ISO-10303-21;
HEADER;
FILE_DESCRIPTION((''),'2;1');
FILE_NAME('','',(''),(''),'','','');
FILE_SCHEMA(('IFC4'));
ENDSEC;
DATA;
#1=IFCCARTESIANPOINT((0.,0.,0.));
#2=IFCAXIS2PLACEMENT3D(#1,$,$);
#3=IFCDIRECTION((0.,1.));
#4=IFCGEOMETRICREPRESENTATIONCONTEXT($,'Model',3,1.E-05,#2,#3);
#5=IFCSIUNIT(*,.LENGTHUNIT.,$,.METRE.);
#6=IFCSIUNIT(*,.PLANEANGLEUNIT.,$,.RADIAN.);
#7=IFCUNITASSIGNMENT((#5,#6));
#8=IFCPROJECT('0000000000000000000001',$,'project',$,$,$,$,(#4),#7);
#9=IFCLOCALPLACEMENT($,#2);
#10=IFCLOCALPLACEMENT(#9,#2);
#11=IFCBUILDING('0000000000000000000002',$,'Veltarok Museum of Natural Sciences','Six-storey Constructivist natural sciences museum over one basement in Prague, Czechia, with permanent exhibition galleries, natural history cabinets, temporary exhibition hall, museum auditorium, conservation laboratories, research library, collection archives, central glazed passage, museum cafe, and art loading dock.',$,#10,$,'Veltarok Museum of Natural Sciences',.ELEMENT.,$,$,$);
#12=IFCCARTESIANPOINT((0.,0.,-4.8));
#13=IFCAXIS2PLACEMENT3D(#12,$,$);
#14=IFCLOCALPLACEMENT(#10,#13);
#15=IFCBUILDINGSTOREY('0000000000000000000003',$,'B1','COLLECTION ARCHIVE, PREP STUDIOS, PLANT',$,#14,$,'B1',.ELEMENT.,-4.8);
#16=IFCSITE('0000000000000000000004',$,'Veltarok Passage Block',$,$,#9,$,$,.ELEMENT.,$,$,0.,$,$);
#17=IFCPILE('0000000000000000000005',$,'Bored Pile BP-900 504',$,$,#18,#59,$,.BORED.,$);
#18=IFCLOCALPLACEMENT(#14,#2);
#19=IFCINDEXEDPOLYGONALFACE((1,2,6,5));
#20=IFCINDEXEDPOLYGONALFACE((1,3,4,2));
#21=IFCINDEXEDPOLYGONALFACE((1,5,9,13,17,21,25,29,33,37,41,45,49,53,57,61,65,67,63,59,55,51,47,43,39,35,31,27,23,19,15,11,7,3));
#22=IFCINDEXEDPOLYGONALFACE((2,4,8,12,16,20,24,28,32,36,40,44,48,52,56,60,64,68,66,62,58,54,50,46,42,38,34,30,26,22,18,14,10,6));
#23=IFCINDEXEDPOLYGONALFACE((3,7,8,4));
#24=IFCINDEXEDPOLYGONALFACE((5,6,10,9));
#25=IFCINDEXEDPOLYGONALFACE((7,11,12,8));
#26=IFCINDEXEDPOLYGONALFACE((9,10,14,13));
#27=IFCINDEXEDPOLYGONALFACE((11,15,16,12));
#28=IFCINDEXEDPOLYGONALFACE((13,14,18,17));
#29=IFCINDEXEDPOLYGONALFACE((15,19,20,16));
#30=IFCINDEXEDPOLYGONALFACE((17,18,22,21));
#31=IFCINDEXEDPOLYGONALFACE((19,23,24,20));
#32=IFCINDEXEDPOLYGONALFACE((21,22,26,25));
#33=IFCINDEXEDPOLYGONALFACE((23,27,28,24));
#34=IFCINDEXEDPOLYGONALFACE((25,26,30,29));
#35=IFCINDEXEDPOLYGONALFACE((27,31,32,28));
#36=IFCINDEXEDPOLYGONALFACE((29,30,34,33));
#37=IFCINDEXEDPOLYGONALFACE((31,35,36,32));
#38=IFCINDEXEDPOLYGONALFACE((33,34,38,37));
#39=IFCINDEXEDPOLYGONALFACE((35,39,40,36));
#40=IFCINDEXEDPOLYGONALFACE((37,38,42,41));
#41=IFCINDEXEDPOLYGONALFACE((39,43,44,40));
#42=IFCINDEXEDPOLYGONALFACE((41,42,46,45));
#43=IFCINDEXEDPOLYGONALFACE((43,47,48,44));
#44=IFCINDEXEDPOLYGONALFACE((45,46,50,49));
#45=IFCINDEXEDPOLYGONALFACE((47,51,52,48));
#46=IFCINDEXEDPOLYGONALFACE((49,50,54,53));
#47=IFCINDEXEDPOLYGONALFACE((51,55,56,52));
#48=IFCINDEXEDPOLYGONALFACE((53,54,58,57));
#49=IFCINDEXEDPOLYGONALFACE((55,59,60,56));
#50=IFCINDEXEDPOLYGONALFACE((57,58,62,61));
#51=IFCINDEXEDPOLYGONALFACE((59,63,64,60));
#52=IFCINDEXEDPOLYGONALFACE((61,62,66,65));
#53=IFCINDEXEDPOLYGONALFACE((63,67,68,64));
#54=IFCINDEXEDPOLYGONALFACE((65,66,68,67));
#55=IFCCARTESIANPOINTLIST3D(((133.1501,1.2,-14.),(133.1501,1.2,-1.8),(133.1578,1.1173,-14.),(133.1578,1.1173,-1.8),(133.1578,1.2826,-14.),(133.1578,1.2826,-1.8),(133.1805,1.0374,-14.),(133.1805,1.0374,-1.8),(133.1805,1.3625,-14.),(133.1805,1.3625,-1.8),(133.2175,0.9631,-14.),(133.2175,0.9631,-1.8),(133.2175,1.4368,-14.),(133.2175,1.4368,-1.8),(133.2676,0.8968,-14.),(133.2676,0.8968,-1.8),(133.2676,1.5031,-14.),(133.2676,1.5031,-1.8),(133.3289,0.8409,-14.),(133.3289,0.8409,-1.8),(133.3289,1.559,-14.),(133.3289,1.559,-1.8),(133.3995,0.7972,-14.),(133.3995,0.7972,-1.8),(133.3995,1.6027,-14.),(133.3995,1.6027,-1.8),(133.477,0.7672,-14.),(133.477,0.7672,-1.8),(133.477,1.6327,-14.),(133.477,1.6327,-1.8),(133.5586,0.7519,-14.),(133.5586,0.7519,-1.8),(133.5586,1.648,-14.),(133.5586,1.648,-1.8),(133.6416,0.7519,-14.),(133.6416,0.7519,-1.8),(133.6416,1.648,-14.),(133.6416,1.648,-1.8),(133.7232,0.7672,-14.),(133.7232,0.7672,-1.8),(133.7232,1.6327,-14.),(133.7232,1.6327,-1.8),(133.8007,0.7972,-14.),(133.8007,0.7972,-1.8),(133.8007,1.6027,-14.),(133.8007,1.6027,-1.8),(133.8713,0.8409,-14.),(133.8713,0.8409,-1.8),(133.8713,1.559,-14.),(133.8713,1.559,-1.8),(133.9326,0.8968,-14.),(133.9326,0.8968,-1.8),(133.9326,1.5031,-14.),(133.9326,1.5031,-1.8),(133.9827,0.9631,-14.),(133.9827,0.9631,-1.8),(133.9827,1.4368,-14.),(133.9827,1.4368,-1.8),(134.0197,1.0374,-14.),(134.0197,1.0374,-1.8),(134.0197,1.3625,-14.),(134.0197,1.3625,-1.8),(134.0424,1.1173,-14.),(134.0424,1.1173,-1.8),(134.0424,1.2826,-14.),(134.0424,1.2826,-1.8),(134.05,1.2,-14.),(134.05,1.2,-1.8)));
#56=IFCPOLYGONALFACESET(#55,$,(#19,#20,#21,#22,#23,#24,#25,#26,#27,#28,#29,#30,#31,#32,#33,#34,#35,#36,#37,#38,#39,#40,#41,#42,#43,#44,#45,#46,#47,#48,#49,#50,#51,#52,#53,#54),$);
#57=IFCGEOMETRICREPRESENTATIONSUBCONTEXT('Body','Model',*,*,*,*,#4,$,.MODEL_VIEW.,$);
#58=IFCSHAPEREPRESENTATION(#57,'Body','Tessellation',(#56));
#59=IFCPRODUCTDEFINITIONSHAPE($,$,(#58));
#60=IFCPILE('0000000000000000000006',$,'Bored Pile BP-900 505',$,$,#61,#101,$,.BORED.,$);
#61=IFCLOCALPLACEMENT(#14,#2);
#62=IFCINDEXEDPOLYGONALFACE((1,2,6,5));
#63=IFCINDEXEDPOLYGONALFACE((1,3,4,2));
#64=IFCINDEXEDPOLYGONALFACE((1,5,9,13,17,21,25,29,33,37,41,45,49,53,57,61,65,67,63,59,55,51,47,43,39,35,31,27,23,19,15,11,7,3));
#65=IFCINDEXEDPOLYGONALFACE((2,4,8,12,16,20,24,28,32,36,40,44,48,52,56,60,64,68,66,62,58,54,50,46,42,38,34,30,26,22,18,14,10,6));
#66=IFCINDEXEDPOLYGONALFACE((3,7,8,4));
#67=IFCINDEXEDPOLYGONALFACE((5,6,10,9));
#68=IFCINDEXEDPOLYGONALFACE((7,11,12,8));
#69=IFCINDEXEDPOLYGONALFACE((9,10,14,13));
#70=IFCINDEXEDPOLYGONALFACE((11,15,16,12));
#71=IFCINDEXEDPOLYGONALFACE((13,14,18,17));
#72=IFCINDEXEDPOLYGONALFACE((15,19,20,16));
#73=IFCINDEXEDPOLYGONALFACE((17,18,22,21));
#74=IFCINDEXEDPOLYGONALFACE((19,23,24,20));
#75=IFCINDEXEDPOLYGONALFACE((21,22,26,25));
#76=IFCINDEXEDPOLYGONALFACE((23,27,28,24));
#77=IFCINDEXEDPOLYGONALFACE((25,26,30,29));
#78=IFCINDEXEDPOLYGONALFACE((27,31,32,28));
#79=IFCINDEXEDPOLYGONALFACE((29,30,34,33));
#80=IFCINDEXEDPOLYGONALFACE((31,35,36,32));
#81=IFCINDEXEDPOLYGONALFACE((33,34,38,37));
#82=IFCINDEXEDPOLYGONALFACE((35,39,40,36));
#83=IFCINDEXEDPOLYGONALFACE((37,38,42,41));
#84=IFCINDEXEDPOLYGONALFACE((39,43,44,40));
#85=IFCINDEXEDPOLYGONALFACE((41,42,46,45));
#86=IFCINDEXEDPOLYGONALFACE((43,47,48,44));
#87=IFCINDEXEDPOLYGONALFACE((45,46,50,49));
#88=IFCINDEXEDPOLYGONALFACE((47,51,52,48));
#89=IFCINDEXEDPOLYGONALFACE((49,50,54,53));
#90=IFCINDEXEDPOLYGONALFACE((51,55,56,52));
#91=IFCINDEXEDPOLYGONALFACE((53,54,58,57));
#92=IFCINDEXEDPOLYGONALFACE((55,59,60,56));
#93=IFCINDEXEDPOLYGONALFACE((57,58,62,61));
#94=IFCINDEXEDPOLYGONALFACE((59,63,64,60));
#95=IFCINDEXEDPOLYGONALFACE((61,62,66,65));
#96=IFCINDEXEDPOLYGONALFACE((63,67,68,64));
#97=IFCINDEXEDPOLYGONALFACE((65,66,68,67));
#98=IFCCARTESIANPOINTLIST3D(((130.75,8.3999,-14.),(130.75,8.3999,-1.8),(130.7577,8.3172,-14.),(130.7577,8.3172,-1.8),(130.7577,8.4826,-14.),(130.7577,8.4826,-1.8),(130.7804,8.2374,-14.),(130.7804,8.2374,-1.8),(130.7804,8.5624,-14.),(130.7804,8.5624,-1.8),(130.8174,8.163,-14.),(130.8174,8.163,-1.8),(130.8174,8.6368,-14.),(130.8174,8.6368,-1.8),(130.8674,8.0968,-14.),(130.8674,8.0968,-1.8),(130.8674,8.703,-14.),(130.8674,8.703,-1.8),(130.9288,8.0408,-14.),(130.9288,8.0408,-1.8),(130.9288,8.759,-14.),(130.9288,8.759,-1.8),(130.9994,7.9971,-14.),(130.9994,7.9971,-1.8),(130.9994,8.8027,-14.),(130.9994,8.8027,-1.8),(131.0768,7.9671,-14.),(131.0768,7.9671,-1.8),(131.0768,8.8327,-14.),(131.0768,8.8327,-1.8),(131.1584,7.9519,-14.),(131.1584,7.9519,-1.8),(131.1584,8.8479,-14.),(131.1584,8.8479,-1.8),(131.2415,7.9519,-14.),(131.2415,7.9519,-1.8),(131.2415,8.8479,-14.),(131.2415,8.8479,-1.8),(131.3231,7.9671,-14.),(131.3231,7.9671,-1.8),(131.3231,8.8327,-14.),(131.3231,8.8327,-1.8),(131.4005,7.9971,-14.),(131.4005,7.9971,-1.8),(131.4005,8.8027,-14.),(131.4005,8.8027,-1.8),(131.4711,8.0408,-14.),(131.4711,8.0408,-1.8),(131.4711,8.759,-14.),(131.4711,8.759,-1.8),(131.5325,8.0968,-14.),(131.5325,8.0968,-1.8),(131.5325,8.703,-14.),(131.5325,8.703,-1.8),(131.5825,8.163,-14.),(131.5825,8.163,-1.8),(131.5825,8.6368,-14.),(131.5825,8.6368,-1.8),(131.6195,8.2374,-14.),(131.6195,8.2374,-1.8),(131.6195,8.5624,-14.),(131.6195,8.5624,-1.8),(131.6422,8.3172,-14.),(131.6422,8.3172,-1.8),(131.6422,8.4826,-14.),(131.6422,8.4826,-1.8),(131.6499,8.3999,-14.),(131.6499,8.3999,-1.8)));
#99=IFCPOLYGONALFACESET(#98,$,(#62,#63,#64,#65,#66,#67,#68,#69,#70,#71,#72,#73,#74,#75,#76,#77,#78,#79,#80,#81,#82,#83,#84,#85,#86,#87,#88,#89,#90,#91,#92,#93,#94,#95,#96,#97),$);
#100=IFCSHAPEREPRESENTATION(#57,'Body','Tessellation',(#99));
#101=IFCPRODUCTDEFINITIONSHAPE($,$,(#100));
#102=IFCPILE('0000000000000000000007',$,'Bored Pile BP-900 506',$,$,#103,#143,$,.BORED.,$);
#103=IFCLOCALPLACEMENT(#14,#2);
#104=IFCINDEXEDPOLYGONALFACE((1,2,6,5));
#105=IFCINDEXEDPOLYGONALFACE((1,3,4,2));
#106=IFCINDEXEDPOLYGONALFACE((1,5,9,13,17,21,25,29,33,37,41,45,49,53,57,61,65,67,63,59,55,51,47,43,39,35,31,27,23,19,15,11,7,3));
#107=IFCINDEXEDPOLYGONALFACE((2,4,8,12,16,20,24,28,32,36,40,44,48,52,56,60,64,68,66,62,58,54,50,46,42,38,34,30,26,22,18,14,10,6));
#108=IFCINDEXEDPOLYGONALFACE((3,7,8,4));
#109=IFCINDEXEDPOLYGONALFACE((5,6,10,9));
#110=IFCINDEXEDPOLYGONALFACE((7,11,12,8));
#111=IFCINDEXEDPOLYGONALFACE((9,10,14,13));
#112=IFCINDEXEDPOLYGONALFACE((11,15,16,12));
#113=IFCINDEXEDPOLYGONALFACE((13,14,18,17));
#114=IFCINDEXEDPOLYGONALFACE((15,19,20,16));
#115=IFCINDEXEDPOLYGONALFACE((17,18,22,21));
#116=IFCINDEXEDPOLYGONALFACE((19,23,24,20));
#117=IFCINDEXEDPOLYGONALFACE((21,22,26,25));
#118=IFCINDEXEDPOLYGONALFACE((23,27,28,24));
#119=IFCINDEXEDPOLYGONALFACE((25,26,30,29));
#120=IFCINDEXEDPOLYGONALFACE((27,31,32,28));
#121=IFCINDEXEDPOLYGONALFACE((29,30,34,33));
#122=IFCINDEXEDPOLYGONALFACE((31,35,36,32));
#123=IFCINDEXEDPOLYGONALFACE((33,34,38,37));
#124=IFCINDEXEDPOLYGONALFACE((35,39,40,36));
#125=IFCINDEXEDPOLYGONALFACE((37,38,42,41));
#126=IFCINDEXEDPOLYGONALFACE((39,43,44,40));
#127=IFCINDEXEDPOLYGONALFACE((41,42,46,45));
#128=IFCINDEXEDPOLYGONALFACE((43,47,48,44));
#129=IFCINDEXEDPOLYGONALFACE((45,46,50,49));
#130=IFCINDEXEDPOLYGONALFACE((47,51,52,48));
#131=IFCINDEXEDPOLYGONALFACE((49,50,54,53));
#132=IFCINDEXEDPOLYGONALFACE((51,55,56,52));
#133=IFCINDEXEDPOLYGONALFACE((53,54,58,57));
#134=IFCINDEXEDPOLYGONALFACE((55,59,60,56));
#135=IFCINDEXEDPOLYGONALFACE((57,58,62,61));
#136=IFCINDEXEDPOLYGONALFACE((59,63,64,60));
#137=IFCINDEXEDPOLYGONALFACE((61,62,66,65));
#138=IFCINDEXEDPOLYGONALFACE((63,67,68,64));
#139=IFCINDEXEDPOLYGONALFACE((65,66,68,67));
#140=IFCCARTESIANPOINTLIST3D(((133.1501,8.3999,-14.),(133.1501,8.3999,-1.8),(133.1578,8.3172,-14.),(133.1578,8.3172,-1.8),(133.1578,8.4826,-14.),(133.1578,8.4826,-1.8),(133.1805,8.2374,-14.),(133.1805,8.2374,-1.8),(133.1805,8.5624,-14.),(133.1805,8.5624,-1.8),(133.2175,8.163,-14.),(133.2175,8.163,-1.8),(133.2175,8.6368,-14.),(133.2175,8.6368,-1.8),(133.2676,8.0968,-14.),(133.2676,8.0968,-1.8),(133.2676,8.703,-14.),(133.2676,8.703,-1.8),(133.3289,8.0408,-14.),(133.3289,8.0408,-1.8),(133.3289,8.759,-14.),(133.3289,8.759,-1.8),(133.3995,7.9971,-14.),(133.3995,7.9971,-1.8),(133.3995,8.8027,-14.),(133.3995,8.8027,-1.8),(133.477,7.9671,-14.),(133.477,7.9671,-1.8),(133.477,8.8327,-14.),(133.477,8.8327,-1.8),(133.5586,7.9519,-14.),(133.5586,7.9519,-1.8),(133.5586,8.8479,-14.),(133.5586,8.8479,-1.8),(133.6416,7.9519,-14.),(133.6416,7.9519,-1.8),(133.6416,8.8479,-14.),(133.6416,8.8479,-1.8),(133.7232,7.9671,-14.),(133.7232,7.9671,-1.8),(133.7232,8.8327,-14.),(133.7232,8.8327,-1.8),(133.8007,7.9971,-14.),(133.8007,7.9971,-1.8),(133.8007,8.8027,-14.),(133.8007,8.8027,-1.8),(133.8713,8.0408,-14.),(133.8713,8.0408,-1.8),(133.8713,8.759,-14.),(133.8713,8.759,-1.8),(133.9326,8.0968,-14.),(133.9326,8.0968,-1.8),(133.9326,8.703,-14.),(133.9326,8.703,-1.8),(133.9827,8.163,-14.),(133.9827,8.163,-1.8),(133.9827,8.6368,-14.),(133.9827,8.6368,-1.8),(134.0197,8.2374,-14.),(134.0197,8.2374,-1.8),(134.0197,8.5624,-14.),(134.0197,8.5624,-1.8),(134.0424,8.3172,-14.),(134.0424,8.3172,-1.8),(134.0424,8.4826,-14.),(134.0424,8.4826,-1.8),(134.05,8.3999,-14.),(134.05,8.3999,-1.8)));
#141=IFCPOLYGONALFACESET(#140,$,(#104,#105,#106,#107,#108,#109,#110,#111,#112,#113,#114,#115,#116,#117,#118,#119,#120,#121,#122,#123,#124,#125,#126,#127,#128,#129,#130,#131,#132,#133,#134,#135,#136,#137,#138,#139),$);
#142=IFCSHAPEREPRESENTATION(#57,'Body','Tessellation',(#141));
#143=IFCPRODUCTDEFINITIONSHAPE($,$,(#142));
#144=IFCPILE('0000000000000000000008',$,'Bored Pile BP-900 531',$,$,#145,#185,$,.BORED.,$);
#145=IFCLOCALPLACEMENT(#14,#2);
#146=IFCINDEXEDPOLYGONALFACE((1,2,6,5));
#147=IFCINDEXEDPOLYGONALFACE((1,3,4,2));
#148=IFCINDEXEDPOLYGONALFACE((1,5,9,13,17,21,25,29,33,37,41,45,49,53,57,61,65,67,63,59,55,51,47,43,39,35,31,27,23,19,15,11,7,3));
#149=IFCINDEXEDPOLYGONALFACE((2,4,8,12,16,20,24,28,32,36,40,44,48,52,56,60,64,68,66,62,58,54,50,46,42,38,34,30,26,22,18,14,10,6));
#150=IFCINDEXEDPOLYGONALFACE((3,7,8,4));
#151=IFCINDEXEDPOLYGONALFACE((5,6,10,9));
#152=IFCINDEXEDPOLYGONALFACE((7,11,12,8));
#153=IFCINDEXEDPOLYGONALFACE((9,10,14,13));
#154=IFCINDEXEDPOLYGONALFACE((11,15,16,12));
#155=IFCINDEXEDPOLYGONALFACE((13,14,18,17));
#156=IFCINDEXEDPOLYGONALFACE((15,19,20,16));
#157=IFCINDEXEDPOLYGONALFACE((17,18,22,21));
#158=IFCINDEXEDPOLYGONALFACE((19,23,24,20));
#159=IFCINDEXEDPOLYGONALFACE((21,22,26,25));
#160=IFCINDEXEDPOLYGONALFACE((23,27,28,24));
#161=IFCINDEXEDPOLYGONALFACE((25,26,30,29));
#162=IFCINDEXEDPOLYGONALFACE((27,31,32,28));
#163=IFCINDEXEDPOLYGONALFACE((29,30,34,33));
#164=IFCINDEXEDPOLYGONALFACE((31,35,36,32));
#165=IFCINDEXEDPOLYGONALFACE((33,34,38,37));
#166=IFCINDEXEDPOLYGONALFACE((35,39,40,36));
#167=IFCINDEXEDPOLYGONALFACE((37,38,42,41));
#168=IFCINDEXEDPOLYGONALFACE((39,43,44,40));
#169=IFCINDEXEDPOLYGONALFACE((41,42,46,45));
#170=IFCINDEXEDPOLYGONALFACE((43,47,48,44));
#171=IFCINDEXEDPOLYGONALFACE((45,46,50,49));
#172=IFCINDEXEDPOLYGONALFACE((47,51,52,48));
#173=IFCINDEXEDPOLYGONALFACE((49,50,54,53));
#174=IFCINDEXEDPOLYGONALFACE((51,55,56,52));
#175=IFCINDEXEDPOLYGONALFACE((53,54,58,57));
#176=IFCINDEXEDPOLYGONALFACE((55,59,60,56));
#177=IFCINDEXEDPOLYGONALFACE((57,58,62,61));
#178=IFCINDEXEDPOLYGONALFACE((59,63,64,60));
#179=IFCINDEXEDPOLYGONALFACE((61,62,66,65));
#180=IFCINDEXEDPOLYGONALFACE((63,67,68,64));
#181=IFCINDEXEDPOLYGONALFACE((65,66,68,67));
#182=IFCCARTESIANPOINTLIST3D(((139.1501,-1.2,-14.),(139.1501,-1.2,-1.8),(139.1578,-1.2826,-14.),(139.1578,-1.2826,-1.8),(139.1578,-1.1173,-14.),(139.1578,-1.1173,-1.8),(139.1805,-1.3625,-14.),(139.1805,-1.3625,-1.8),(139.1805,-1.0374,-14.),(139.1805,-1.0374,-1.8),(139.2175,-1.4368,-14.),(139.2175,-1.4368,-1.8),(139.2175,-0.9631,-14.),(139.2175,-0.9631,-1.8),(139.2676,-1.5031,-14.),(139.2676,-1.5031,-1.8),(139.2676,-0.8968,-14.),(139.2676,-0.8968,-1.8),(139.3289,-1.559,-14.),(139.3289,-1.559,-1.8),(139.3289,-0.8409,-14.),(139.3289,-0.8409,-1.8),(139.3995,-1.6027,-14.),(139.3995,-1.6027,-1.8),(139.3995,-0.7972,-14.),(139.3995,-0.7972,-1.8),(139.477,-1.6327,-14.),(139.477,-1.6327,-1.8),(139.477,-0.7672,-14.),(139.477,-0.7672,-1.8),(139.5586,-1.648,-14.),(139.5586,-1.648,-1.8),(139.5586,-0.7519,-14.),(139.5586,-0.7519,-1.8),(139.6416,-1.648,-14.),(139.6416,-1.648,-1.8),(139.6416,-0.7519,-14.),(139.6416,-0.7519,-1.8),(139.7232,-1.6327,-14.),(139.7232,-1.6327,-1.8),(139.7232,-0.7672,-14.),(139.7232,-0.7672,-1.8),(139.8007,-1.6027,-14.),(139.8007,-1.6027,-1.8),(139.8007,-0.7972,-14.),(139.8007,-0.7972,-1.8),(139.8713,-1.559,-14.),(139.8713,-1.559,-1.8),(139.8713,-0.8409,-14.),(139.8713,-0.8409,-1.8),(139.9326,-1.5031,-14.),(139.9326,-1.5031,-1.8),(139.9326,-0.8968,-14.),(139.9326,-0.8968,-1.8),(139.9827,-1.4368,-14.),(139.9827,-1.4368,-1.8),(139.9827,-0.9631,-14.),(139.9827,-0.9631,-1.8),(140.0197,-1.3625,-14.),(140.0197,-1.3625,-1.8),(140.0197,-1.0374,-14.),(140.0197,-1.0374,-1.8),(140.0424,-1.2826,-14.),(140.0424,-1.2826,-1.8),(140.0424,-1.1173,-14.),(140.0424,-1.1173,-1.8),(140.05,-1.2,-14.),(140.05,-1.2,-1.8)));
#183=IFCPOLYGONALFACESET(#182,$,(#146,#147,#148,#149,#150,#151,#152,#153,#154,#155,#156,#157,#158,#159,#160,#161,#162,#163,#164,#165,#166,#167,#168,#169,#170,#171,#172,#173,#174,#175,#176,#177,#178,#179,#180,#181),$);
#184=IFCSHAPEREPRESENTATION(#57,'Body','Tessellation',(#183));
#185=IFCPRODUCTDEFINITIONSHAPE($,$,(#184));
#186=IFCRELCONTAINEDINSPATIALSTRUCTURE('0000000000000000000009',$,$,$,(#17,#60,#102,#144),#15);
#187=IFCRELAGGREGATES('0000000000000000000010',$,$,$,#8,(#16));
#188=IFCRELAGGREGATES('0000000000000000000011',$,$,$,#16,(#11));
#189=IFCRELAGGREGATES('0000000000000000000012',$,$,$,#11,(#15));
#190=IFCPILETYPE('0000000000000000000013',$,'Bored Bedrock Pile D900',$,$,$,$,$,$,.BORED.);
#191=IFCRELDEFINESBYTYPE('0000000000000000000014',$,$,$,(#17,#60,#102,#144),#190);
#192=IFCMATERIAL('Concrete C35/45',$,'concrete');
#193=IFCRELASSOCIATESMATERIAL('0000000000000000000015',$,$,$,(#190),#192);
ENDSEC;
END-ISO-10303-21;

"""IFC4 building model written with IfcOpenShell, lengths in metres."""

from ifc_helpers import new_model, si_unit, direction, frame, origin, origin_2d, place, context, subcontext, project, spatial, circle, extrude, material, material_profile, profile_set, type_object, element, save


model = new_model("IFC4")

# Units and contexts
model_context = context("Model", 3, precision=1e-05, world=origin(), true_north=direction((0.0, 1.0)))
body_context = subcontext(model_context, "Body", "Model", "MODEL_VIEW")
ifc_project = project(units=[si_unit("LENGTHUNIT", "METRE"), si_unit("PLANEANGLEUNIT", "RADIAN")], contexts=[model_context])

# Site, building, storey
site_placement = place(None, origin())
site = spatial("IfcSite", under=ifc_project, at=site_placement, Name="Veltarok Passage Block", CompositionType="ELEMENT", RefElevation=0.0)
building_placement = place(site_placement, origin())
building = spatial("IfcBuilding", under=site, at=building_placement, Name="Veltarok Museum of Natural Sciences", Description="Six-storey Constructivist natural sciences museum over one basement in Prague, Czechia, with permanent exhibition galleries, natural history cabinets, temporary exhibition hall, museum auditorium, conservation laboratories, research library, collection archives, central glazed passage, museum cafe, and art loading dock.", LongName="Veltarok Museum of Natural Sciences", CompositionType="ELEMENT")
storey_placement = place(building_placement, frame((0.0, 0.0, -4.8)))
storey = spatial("IfcBuildingStorey", under=building, at=storey_placement, Name="B1", Description="COLLECTION ARCHIVE, PREP STUDIOS, PLANT", LongName="B1", CompositionType="ELEMENT", Elevation=-4.8)

# Piles
ifc_material_1 = material(Name="Concrete C35/45", Category="concrete")
ifc_material_profile_1 = material_profile(ifc_material_1, circle(Radius=0.45, at=origin_2d()), Name="BP D900")
ifc_profile_set_1 = profile_set([ifc_material_profile_1], Name="Concrete C35/45")
pile_type = type_object("IfcPileType", Name="Bored Bedrock Pile D900", PredefinedType="BORED", material=ifc_profile_set_1)
for number, where, z_axis, x_axis, name in (
    (1, (133.6001, 1.2, -1.8), (0.0, 0.0, -1.0), (1.0, 0.0, 0.0), "Bored Pile BP-900 504"),
    (2, (131.2, 8.3999, -1.8), (0.0, 0.0, -1.0), (1.0, 0.0, 0.0), "Bored Pile BP-900 505"),
    (3, (133.6001, 8.3999, -1.8), (0.0, 0.0, -1.0), (1.0, 0.0, 0.0), "Bored Pile BP-900 506"),
    (4, (139.6001, -1.2, -1.8), (0.0, 0.0, -1.0), (1.0, 0.0, 0.0), "Bored Pile BP-900 531"),
):
    element("IfcPile", number, at=place(storey_placement, frame(where, z_axis=z_axis, x_axis=x_axis)), inside=storey, type_object=pile_type, Name=name, PredefinedType="BORED", context=body_context, shape_type="SweptSolid", body=[
        extrude(circle(Radius=0.45, at=origin_2d()), origin(), (0.0, 0.0, 1.0), 12.2),
    ])

save(model, "model.ifc")
